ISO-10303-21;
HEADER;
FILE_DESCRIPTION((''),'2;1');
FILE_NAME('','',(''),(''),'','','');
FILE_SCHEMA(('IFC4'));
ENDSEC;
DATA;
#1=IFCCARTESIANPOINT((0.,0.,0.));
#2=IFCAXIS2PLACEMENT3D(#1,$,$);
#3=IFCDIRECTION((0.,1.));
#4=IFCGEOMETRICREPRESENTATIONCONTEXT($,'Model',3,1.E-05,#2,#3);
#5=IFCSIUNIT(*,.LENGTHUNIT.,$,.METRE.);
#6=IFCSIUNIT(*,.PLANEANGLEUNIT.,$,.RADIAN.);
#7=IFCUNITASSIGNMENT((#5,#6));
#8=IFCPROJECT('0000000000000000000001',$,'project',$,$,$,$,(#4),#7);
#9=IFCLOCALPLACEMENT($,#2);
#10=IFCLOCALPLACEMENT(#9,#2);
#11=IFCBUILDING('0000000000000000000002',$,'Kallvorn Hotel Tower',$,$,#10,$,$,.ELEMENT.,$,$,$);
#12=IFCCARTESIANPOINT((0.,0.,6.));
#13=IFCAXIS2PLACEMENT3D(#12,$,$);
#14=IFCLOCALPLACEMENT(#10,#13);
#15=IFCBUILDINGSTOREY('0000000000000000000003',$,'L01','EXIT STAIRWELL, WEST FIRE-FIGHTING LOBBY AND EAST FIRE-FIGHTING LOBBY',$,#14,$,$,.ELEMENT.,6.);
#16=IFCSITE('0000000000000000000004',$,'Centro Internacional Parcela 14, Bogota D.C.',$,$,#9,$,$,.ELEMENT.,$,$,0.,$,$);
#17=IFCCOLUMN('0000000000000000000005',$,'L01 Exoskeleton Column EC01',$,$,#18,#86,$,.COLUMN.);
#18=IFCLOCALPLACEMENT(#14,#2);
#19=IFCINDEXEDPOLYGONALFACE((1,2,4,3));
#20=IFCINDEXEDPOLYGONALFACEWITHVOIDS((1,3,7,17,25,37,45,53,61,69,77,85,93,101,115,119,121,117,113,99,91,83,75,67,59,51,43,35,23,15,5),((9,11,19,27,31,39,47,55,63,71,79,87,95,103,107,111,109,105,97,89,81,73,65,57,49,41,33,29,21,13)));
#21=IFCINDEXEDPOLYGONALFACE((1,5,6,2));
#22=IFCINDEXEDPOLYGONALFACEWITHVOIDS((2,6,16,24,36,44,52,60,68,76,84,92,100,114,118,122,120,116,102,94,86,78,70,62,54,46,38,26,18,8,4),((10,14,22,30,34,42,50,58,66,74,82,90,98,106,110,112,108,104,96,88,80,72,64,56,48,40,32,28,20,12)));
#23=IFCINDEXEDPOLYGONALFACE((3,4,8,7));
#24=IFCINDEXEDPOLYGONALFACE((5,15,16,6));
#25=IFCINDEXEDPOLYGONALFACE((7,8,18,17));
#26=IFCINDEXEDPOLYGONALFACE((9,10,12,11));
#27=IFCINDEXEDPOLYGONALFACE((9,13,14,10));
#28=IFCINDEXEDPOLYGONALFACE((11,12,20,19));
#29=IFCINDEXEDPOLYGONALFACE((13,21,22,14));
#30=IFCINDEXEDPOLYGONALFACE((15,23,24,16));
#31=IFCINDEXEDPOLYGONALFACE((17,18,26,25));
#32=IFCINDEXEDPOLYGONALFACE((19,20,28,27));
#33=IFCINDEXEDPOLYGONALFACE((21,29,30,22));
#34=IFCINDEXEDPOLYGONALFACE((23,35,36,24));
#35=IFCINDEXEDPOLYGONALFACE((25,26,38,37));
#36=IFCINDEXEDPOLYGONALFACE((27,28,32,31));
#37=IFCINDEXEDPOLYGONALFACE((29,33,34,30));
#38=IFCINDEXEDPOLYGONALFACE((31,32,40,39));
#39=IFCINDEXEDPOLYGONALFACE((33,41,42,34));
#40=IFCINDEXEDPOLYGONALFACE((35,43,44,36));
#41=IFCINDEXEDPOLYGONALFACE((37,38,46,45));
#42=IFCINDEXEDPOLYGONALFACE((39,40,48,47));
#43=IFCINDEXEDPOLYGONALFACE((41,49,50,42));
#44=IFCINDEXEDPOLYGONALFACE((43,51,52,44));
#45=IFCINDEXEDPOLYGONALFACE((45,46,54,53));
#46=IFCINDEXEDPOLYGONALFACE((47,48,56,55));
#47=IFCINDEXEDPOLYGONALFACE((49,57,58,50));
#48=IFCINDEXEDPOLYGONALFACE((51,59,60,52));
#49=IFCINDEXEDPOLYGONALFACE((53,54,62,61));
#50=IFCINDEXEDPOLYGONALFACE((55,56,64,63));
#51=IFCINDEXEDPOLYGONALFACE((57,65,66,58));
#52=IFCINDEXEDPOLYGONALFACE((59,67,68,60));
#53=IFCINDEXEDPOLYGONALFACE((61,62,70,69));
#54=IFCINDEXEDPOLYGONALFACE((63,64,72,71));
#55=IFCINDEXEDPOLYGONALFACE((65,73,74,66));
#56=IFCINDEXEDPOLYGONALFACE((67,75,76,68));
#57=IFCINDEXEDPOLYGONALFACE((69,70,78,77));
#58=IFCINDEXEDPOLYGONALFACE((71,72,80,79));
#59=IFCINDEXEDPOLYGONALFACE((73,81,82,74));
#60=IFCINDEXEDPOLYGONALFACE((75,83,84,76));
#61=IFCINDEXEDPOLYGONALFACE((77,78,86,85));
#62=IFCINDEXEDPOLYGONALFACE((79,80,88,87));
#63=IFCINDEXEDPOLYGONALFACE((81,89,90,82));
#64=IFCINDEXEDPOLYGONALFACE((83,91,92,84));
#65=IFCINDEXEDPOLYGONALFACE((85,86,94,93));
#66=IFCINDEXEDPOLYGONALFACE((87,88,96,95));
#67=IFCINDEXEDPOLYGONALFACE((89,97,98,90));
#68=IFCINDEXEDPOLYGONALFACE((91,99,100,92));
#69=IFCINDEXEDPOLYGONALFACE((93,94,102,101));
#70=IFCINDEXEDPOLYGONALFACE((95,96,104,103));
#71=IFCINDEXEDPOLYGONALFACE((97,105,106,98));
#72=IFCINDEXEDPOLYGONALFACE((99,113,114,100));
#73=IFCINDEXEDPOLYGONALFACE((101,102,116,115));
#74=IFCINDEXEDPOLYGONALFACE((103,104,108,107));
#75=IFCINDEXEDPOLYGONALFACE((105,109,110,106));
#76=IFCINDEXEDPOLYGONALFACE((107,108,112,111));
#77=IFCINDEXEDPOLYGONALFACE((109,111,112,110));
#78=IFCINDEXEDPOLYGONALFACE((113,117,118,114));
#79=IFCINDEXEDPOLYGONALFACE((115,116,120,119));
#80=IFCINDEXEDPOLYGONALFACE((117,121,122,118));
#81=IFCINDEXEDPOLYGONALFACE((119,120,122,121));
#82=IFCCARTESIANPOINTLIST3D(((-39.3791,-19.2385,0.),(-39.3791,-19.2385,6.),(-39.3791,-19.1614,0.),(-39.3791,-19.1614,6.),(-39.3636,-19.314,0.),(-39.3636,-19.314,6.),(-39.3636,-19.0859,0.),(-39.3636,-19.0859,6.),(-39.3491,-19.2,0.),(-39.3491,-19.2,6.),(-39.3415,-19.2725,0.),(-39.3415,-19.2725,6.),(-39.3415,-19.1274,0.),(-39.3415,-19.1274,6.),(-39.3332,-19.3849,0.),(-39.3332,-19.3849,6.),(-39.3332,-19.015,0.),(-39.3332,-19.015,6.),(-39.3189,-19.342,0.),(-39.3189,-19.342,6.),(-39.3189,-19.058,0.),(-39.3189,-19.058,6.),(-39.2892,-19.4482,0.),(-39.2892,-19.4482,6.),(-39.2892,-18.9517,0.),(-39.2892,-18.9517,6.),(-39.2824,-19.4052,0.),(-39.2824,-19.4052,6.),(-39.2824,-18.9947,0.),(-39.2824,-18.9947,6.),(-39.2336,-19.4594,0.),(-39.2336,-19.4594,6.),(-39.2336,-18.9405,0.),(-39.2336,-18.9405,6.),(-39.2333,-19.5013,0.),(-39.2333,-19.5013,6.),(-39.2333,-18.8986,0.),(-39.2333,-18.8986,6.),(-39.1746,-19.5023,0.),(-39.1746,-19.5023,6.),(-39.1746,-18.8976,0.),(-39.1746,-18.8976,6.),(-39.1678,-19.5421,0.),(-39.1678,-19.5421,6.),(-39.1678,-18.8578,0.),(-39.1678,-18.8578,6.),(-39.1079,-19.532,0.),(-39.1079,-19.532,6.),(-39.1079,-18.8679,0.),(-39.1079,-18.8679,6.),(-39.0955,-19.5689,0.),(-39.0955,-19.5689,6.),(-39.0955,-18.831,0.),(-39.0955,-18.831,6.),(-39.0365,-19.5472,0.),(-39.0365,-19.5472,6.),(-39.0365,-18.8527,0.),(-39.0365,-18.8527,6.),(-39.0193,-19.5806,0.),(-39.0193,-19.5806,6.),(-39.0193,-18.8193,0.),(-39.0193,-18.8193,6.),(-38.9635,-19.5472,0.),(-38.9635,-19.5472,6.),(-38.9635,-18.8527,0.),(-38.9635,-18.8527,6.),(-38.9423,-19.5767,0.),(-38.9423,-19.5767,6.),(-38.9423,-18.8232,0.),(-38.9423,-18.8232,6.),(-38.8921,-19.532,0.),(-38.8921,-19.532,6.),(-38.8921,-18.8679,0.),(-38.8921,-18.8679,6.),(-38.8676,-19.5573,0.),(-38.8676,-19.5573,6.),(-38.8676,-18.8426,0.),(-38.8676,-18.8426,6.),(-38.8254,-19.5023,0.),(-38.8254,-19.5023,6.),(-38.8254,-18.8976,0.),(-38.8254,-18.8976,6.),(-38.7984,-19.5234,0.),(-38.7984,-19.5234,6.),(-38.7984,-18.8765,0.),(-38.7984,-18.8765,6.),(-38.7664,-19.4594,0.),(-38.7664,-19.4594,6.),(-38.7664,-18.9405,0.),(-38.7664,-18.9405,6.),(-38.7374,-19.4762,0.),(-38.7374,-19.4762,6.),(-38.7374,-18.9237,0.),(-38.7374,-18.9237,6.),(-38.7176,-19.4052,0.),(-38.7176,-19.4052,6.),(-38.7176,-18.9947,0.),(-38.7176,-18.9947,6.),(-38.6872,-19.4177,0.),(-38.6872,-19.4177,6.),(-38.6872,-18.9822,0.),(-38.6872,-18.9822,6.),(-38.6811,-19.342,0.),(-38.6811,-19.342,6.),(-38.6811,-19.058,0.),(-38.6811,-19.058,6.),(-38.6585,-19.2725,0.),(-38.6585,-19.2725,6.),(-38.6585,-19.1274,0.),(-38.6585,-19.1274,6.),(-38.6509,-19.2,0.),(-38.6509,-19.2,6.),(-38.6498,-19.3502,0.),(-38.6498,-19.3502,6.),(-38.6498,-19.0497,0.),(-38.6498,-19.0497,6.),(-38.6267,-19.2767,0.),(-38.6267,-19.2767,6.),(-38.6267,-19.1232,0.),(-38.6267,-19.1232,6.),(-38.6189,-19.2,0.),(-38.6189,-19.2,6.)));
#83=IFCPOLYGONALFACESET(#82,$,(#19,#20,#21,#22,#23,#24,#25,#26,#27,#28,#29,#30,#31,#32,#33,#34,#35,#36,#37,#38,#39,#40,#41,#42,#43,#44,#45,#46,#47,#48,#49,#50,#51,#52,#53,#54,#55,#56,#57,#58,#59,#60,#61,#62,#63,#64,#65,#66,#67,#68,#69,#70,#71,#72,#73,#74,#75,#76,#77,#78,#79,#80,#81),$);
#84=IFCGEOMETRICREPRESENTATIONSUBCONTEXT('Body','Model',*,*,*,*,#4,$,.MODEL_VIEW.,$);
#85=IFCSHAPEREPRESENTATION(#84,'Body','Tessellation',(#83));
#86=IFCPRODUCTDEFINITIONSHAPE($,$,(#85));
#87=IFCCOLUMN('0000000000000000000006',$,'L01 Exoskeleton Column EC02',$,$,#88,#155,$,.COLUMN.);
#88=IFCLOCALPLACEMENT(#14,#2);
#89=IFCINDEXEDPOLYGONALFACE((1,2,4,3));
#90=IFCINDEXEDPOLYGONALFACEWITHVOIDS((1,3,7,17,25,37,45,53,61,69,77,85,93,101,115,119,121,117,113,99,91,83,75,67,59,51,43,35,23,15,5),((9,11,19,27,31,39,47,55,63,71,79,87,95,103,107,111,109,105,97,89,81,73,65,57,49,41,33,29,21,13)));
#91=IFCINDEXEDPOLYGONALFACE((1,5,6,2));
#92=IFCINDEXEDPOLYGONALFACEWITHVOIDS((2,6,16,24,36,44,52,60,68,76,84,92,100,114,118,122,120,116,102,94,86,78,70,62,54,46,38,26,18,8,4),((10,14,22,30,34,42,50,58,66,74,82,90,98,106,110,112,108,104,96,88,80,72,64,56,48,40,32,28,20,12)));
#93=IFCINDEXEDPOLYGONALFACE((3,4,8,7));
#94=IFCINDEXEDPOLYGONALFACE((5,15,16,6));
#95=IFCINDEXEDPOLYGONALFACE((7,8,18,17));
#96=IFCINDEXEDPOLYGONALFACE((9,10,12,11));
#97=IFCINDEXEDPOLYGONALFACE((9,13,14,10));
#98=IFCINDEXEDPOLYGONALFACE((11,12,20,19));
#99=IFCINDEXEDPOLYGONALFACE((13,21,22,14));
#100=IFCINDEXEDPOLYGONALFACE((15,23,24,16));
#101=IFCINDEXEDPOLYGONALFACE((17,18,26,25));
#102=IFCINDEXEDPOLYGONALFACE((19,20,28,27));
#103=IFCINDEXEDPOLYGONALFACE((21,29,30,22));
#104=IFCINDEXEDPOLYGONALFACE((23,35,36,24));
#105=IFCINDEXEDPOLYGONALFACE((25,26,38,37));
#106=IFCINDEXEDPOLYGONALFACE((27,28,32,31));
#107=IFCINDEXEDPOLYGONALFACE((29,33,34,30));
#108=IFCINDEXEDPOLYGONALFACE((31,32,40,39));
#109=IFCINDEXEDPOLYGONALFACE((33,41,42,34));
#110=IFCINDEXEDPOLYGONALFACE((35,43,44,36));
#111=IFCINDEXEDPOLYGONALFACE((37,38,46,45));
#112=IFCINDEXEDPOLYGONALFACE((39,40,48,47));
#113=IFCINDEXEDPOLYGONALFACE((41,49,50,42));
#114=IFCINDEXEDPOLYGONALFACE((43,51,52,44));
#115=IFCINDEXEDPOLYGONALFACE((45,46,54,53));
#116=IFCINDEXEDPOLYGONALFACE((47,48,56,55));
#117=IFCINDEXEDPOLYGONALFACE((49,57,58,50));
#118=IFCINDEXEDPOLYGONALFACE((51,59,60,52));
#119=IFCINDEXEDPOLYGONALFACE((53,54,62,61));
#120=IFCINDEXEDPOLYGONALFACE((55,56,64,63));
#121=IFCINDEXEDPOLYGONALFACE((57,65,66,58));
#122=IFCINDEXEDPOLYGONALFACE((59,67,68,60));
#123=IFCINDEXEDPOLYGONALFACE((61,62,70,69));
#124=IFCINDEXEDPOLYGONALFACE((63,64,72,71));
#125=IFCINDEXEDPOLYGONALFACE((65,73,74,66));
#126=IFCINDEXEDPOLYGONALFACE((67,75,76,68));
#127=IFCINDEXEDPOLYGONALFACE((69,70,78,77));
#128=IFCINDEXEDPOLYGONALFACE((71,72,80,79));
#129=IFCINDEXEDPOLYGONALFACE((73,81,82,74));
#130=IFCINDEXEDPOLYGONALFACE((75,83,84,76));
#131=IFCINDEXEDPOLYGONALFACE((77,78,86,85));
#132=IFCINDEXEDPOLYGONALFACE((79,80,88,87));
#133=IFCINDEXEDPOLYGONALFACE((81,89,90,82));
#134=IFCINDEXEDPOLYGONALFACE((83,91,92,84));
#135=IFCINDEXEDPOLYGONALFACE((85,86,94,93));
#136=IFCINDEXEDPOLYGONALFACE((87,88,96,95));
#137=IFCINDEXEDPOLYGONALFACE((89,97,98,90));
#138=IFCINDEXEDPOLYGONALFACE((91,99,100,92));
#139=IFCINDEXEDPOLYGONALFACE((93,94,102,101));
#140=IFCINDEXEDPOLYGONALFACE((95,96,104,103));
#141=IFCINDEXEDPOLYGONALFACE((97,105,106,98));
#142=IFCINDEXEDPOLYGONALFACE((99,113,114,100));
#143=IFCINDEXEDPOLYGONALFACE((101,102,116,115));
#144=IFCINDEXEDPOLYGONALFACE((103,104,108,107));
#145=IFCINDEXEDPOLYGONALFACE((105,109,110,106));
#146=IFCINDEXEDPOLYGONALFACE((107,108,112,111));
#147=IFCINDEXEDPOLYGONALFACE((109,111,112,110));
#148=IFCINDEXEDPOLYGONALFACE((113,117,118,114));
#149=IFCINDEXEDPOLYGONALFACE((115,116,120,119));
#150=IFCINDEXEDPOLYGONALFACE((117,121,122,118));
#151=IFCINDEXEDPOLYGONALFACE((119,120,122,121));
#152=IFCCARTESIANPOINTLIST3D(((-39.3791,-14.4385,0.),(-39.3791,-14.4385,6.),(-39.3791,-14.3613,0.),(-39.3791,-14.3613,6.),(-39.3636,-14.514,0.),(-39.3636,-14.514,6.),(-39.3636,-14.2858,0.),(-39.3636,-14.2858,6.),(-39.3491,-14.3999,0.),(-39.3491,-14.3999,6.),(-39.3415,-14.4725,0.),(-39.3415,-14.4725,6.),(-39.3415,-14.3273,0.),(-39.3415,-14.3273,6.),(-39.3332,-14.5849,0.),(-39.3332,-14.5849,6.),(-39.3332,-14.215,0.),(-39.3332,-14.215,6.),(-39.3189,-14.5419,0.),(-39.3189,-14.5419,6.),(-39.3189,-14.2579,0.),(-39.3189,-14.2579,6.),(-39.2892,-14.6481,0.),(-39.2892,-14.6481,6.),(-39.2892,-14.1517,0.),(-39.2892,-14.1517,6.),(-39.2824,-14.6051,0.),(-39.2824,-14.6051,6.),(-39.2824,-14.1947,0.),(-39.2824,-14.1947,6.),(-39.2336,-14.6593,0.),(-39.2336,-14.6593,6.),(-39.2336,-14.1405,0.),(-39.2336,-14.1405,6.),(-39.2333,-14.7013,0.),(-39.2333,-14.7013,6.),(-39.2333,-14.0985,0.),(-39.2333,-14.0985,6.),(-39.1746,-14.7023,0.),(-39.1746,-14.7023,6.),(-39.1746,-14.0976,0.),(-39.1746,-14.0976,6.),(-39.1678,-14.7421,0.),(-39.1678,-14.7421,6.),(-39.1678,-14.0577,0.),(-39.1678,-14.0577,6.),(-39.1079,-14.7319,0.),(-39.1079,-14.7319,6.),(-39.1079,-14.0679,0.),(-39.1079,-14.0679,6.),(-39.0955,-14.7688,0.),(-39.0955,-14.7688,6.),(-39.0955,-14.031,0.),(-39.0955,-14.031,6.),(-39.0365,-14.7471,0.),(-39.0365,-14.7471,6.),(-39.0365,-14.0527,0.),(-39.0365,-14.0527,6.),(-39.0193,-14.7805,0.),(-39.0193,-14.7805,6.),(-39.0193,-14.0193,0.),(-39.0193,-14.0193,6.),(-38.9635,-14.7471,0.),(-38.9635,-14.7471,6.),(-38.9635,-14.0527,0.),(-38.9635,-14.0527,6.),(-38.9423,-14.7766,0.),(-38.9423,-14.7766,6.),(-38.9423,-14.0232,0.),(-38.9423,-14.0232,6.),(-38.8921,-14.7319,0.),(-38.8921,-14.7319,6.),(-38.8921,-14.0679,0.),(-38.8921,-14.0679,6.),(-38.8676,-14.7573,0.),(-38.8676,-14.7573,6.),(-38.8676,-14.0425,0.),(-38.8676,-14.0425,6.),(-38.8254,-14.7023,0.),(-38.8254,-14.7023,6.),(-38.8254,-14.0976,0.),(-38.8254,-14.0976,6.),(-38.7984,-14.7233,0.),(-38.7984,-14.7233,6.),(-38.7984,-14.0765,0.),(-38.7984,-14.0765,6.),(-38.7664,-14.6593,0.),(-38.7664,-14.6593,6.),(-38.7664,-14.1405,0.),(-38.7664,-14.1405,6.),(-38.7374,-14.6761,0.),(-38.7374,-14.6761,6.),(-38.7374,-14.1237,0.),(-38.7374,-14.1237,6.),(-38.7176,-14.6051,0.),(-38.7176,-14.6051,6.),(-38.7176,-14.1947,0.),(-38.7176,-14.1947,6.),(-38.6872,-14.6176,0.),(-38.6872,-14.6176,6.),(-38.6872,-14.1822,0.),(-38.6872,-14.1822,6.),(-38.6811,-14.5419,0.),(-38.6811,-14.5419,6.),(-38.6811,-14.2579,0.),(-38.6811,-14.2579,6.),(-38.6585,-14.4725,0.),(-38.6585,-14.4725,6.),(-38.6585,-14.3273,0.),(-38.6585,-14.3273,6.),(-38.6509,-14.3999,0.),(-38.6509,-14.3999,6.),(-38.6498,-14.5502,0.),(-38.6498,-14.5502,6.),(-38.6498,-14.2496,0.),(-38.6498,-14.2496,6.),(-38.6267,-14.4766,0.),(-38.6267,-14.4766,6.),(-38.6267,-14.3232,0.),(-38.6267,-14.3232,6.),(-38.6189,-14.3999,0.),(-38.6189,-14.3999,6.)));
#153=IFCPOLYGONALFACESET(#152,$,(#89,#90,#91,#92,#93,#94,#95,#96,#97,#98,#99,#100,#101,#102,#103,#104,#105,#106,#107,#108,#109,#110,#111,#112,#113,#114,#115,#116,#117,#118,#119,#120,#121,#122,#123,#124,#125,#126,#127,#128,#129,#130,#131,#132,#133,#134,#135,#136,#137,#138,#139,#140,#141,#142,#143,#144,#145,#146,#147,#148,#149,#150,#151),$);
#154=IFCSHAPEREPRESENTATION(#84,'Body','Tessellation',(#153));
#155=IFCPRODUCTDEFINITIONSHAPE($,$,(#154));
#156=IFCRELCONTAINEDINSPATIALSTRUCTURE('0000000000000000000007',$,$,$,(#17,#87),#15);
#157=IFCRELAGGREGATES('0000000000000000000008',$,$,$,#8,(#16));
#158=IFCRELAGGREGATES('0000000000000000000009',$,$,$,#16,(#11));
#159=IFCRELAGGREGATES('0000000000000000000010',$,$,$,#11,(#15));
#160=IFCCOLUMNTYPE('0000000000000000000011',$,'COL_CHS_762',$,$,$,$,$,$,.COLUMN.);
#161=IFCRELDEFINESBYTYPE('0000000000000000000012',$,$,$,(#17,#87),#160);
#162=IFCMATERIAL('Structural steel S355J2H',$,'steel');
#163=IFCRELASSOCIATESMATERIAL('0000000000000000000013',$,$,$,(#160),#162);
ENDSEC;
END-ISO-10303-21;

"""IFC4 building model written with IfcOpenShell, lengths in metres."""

from ifc_helpers import new_model, si_unit, direction, frame, origin, origin_2d, place, context, subcontext, project, spatial, hollow_circle, extrude, material, material_profile, profile_set, type_object, element, save


model = new_model("IFC4")

# Units and contexts
model_context = context("Model", 3, precision=1e-05, world=origin(), true_north=direction((0.0, 1.0)))
body_context = subcontext(model_context, "Body", "Model", "MODEL_VIEW")
ifc_project = project(units=[si_unit("LENGTHUNIT", "METRE"), si_unit("PLANEANGLEUNIT", "RADIAN")], contexts=[model_context])

# Site, building, storey
site_placement = place(None, origin())
site = spatial("IfcSite", under=ifc_project, at=site_placement, Name="Centro Internacional Parcela 14, Bogota D.C.", CompositionType="ELEMENT", RefElevation=0.0)
building_placement = place(site_placement, origin())
building = spatial("IfcBuilding", under=site, at=building_placement, Name="Kallvorn Hotel Tower", CompositionType="ELEMENT")
storey_placement = place(building_placement, frame((0.0, 0.0, 6.0)))
storey = spatial("IfcBuildingStorey", under=building, at=storey_placement, Name="L01", Description="EXIT STAIRWELL, WEST FIRE-FIGHTING LOBBY AND EAST FIRE-FIGHTING LOBBY", CompositionType="ELEMENT", Elevation=6.0)

# Columns
ifc_material_1 = material(Name="Structural steel S355J2H", Category="steel")
ifc_material_profile_1 = material_profile(ifc_material_1, hollow_circle(Radius=0.3811, WallThickness=0.032, at=origin_2d()), Name="CHS 762x32")
ifc_profile_set_1 = profile_set([ifc_material_profile_1], Name="Structural steel S355J2H")
column_type_1 = type_object("IfcColumnType", Name="COL_CHS_762", PredefinedType="COLUMN", material=ifc_profile_set_1)
for number, where, z_axis, x_axis, name in (
    (1, (-39.0, -19.2, 0.0), (0.0, 0.0, 1.0), (1.0, 0.0, 0.0), "L01 Exoskeleton Column EC01"),
    (2, (-39.0, -14.3999, 0.0), (0.0, 0.0, 1.0), (1.0, 0.0, 0.0), "L01 Exoskeleton Column EC02"),
):
    element("IfcColumn", number, at=place(storey_placement, frame(where, z_axis=z_axis, x_axis=x_axis)), inside=storey, type_object=column_type_1, Name=name, PredefinedType="COLUMN", context=body_context, shape_type="SweptSolid", body=[
        extrude(hollow_circle(Radius=0.3811, WallThickness=0.032, at=origin_2d()), origin(), (0.0, 0.0, 1.0), 6.0),
    ])

save(model, "model.ifc")
